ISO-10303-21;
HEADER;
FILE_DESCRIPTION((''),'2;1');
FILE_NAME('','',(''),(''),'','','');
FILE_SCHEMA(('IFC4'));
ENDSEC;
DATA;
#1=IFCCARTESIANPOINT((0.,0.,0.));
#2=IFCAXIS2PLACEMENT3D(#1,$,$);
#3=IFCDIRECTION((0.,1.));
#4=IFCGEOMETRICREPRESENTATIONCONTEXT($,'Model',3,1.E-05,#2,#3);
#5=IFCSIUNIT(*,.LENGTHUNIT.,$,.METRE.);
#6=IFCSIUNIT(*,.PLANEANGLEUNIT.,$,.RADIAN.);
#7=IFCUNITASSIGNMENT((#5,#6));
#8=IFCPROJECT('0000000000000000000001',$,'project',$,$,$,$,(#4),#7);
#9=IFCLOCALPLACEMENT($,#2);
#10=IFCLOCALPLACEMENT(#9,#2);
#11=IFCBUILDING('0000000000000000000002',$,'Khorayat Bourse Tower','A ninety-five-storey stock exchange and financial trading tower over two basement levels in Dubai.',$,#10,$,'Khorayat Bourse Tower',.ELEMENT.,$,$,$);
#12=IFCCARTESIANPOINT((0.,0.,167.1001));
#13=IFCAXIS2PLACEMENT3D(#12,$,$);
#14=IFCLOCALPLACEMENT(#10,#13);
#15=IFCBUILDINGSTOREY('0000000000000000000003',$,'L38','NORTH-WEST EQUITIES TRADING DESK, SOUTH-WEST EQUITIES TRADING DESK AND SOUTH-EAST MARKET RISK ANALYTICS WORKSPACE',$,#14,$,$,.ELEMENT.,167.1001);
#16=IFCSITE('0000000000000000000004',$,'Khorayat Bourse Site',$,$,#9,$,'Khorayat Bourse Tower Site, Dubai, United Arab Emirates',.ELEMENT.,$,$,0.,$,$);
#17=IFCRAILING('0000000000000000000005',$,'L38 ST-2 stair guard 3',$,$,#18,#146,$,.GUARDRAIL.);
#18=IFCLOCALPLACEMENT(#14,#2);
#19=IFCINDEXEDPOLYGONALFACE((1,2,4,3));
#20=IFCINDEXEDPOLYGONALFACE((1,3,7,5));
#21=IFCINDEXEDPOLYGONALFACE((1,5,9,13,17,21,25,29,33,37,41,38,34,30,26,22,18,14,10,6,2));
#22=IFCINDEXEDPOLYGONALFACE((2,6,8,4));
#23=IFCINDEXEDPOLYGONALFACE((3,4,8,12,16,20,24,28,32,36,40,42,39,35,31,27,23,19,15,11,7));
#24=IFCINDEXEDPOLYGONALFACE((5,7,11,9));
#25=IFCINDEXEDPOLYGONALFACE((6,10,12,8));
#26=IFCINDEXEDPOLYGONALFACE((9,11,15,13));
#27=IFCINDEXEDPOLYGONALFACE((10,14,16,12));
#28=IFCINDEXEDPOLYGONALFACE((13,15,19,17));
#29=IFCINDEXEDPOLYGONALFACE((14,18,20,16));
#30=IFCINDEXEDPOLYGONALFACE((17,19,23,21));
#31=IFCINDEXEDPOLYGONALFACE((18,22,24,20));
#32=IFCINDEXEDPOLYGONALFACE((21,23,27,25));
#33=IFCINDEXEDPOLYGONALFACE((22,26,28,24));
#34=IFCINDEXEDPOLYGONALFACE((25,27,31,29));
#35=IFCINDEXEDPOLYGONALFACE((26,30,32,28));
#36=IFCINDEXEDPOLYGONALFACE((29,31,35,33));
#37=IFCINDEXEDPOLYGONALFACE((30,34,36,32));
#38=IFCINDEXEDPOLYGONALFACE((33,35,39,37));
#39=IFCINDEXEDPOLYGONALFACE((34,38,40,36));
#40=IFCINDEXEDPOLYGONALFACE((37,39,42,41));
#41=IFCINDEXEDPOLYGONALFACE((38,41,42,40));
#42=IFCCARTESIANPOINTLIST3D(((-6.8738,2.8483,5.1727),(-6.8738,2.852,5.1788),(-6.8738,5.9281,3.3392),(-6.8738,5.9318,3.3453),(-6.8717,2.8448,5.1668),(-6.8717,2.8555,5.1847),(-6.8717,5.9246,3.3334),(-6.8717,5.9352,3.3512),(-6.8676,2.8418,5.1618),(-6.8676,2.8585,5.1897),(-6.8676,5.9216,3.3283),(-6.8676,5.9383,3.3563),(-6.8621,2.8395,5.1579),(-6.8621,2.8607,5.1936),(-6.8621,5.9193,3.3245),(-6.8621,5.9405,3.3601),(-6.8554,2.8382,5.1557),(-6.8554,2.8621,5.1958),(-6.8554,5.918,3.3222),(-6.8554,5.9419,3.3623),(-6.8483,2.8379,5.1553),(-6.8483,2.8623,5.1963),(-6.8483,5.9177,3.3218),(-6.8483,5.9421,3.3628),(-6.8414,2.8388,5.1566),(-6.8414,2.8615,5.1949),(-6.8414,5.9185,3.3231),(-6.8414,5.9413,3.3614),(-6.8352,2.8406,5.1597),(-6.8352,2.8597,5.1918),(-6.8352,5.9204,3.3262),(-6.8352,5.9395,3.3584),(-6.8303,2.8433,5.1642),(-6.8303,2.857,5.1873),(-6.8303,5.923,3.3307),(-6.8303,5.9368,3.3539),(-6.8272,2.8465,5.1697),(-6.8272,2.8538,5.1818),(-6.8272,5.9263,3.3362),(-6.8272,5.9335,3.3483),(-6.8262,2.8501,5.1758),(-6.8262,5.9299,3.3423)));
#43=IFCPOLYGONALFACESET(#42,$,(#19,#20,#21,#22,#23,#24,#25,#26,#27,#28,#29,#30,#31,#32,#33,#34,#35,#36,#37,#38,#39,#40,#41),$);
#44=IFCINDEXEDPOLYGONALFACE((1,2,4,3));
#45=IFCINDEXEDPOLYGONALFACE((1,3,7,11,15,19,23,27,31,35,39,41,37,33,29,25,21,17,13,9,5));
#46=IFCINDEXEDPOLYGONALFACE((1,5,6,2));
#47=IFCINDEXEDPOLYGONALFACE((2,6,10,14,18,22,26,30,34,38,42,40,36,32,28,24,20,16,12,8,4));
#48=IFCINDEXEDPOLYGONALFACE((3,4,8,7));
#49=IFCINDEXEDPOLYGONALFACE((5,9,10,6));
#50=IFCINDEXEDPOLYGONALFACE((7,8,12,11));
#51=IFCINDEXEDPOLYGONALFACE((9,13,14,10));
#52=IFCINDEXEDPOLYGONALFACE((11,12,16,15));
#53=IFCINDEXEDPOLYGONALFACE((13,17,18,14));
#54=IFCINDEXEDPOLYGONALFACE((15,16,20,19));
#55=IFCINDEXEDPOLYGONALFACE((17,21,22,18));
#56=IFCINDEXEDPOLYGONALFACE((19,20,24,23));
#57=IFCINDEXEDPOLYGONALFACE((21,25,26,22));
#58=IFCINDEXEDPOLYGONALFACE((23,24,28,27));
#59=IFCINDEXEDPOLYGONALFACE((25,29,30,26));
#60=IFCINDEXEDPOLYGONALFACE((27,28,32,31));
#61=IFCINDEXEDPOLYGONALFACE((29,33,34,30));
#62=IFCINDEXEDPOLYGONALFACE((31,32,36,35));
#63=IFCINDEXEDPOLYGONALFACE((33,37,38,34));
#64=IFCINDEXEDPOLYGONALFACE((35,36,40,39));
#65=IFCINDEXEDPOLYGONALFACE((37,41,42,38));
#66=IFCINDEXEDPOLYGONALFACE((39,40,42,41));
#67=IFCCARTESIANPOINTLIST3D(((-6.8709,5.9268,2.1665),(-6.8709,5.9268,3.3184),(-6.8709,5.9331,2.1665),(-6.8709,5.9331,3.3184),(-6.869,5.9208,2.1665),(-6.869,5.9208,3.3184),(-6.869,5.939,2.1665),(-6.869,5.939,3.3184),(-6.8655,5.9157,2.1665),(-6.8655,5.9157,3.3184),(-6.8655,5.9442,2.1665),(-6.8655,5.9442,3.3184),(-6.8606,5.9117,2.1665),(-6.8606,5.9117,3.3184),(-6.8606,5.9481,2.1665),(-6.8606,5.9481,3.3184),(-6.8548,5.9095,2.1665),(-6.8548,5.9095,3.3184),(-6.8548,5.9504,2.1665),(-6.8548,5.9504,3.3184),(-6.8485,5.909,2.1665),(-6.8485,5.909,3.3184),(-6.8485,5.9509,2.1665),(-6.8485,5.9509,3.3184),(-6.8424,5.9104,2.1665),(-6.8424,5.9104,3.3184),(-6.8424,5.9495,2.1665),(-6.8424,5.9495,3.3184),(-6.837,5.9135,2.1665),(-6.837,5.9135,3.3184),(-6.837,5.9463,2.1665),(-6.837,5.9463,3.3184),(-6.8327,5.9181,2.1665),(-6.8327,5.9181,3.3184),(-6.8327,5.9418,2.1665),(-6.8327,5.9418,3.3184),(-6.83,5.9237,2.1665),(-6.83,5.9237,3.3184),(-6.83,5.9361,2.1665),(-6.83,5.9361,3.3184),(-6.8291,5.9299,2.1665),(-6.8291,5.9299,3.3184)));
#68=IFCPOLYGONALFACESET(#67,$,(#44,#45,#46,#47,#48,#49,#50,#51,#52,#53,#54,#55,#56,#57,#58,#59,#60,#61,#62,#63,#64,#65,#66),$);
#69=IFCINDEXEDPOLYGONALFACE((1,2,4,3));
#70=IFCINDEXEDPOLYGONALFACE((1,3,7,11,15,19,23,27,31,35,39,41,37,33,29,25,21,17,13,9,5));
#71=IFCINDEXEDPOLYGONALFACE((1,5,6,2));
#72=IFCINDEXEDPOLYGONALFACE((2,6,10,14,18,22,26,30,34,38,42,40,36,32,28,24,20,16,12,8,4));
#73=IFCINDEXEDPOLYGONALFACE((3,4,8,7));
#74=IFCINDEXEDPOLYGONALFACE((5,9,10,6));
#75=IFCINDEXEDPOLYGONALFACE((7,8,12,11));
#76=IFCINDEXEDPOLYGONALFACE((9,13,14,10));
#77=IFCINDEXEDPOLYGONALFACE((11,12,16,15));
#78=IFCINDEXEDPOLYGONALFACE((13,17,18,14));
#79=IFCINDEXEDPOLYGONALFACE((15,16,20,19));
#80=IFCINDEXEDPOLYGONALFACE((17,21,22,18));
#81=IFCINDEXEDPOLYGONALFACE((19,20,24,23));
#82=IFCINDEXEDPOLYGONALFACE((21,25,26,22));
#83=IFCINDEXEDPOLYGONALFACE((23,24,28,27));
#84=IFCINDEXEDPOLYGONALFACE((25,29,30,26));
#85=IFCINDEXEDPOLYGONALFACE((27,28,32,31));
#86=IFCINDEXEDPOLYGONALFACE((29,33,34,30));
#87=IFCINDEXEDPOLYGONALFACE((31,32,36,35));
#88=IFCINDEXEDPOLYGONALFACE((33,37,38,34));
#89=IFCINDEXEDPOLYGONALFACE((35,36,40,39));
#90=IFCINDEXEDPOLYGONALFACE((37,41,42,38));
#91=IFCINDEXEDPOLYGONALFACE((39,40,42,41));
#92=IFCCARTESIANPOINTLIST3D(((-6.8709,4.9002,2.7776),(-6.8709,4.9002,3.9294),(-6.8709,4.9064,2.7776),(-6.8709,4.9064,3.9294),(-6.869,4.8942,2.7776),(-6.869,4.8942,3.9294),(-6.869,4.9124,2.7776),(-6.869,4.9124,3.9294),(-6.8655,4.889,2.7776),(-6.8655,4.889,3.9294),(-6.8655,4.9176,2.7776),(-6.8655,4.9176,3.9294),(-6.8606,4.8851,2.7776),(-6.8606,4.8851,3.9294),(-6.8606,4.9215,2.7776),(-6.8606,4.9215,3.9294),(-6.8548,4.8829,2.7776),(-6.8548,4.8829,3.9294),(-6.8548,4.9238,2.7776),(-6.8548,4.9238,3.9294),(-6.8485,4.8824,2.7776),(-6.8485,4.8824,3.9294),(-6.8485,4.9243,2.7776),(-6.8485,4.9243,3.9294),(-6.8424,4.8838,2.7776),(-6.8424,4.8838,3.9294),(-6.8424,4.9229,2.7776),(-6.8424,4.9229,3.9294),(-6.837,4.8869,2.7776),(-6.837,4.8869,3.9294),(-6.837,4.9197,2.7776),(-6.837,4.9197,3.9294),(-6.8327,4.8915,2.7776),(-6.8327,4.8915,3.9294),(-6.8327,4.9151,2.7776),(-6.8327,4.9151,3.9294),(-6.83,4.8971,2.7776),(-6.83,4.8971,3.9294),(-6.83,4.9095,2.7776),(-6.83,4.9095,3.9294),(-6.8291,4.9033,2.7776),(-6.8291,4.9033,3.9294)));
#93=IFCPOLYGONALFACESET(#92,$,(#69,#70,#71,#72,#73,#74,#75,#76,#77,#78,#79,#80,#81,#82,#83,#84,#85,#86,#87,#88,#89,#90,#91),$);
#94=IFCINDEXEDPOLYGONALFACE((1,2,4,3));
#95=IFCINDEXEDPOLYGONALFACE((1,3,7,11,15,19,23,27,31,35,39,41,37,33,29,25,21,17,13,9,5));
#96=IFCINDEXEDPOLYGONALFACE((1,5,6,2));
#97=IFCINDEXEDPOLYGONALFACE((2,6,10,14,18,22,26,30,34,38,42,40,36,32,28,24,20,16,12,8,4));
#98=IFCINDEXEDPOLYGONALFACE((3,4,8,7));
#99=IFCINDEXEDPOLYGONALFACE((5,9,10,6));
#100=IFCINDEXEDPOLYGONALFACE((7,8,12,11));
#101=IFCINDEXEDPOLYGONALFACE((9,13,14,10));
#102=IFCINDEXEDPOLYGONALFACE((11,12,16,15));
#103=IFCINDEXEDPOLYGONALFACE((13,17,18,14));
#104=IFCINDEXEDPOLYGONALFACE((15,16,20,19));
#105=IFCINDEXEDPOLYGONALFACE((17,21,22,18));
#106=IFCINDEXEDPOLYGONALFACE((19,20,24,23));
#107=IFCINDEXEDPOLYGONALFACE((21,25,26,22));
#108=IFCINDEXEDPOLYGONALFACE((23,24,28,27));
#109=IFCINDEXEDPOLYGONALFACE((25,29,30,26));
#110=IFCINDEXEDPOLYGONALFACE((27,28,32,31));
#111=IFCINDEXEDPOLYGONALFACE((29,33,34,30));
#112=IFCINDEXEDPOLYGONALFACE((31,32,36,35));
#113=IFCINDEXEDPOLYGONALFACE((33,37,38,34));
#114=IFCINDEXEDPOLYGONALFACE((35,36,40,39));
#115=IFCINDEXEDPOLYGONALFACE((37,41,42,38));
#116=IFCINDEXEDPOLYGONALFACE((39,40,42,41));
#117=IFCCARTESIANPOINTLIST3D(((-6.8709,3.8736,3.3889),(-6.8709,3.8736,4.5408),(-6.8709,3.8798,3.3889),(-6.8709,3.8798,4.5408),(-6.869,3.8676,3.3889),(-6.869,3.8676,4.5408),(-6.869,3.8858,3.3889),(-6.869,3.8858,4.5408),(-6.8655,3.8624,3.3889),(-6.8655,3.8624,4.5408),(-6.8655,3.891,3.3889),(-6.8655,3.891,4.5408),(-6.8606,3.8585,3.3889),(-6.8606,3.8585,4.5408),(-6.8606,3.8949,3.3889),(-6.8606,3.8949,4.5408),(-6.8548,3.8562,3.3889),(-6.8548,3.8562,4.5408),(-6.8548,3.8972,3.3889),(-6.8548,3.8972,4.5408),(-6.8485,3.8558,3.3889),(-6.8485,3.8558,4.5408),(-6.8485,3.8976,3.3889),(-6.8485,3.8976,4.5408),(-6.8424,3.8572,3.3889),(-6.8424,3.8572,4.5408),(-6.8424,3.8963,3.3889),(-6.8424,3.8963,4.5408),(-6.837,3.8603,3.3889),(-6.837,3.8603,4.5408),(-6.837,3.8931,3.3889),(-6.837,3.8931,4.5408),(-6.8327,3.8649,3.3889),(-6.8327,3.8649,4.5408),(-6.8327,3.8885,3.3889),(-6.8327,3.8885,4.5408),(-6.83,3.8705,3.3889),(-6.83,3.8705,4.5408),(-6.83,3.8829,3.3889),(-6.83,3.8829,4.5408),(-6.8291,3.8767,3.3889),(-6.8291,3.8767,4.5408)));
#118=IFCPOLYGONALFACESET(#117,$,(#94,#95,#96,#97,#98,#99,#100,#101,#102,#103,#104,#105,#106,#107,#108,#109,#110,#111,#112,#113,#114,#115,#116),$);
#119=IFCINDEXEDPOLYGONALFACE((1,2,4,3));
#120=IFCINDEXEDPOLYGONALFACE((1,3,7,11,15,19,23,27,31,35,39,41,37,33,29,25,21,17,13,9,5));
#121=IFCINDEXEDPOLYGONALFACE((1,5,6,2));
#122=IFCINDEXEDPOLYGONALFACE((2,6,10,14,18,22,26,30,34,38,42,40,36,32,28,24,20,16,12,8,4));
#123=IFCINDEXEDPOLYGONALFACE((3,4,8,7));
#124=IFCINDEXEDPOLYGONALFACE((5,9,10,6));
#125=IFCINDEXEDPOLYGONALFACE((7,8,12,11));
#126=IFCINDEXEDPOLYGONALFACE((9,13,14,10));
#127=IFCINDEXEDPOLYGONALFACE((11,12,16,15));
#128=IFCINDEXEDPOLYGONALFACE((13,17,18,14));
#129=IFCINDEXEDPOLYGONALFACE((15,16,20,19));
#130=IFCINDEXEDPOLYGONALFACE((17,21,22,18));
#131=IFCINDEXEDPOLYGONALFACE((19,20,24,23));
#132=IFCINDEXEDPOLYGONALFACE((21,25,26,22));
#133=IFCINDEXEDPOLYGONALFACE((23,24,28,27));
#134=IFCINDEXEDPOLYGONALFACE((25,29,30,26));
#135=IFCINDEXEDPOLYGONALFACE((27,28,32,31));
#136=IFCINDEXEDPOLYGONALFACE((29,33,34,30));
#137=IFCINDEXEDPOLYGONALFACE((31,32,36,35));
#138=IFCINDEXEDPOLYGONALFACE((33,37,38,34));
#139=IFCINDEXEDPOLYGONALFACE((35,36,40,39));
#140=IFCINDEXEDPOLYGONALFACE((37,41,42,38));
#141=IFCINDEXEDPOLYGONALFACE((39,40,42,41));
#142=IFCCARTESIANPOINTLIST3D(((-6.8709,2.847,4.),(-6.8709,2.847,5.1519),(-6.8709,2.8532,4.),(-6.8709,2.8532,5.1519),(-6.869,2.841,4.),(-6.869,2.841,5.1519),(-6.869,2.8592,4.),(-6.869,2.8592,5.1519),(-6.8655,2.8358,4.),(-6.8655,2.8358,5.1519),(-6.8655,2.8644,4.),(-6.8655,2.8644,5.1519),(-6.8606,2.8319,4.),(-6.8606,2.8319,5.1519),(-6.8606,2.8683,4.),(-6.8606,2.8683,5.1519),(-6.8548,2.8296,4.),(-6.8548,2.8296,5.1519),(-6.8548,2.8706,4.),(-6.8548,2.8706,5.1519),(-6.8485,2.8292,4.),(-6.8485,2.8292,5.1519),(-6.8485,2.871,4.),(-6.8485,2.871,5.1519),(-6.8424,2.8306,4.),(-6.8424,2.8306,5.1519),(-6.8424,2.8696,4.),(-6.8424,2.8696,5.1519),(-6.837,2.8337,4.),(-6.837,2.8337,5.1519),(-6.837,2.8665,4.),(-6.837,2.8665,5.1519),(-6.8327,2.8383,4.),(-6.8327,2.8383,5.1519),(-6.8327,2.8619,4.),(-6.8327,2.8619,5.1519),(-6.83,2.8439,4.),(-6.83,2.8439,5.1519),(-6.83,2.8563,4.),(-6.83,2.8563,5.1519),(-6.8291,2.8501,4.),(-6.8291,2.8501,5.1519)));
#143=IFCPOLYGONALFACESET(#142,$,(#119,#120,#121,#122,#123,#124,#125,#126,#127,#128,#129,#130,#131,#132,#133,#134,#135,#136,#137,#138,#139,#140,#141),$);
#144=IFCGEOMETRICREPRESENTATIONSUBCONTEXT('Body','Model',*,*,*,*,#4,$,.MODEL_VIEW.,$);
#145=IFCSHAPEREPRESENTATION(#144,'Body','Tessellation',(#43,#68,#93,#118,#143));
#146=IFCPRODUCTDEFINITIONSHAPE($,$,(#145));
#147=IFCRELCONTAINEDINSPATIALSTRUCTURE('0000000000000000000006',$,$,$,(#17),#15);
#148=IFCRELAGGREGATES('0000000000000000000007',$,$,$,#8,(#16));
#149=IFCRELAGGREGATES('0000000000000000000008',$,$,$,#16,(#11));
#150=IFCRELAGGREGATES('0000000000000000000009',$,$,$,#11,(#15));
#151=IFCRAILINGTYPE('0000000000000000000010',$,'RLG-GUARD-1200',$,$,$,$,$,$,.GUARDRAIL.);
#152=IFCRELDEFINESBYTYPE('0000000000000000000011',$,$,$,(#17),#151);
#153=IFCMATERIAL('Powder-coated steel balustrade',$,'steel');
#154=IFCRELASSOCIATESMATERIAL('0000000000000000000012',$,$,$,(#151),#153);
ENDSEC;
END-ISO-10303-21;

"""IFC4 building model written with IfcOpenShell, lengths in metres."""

from ifc_helpers import new_model, si_unit, direction, frame, origin, origin_2d, place, context, subcontext, project, spatial, circle, extrude, source, transform, mapped, material, type_object, element, save


model = new_model("IFC4")

# Units and contexts
model_context = context("Model", 3, precision=1e-05, world=origin(), true_north=direction((0.0, 1.0)))
body_context = subcontext(model_context, "Body", "Model", "MODEL_VIEW")
ifc_project = project(units=[si_unit("LENGTHUNIT", "METRE"), si_unit("PLANEANGLEUNIT", "RADIAN")], contexts=[model_context])

# Site, building, storey
site_placement = place(None, origin())
site = spatial("IfcSite", under=ifc_project, at=site_placement, Name="Khorayat Bourse Site", LongName="Khorayat Bourse Tower Site, Dubai, United Arab Emirates", CompositionType="ELEMENT", RefElevation=0.0)
building_placement = place(site_placement, origin())
building = spatial("IfcBuilding", under=site, at=building_placement, Name="Khorayat Bourse Tower", Description="A ninety-five-storey stock exchange and financial trading tower over two basement levels in Dubai.", LongName="Khorayat Bourse Tower", CompositionType="ELEMENT")
storey_placement = place(building_placement, frame((0.0, 0.0, 167.1001)))
storey = spatial("IfcBuildingStorey", under=building, at=storey_placement, Name="L38", Description="NORTH-WEST EQUITIES TRADING DESK, SOUTH-WEST EQUITIES TRADING DESK AND SOUTH-EAST MARKET RISK ANALYTICS WORKSPACE", CompositionType="ELEMENT", Elevation=167.1001)

# Railing
ifc_material_1 = material(Name="Powder-coated steel balustrade", Category="steel")
railing_type_1 = type_object("IfcRailingType", Name="RLG-GUARD-1200", PredefinedType="GUARDRAIL", material=ifc_material_1)
shared_shape_1 = source(origin(), body_context, "Body", "SweptSolid", [
    extrude(circle(Radius=0.0239, at=origin_2d()), frame((0.0, 0.0, 1.1758), z_axis=(0.0, -0.859261, 0.511538), x_axis=(1.0, 0.0, 0.0)), (0.0, 0.0, 1.0), 3.5842),
    extrude(circle(Radius=0.021, at=origin_2d()), origin(), (0.0, 0.0, 1.0), 1.1519),
    extrude(circle(Radius=0.021, at=origin_2d()), frame((0.0, -1.0266, 0.6111)), (0.0, 0.0, 1.0), 1.1519),
    extrude(circle(Radius=0.021, at=origin_2d()), frame((0.0, -2.0532, 1.2224)), (0.0, 0.0, 1.0), 1.1519),
    extrude(circle(Radius=0.021, at=origin_2d()), frame((0.0, -3.0798, 1.8335)), (0.0, 0.0, 1.0), 1.1519),
])
railing_1_placement = place(storey_placement, frame((-6.8501, 5.9299, 2.1665)))
element("IfcRailing", 1, at=railing_1_placement, inside=storey, type_object=railing_type_1, Name="L38 ST-2 stair guard 3", PredefinedType="GUARDRAIL", context=body_context, shape_type="MappedRepresentation", body=[
    mapped(shared_shape_1, transform((0.0, 0.0, 0.0), scale=1.0)),
])

save(model, "model.ifc")
